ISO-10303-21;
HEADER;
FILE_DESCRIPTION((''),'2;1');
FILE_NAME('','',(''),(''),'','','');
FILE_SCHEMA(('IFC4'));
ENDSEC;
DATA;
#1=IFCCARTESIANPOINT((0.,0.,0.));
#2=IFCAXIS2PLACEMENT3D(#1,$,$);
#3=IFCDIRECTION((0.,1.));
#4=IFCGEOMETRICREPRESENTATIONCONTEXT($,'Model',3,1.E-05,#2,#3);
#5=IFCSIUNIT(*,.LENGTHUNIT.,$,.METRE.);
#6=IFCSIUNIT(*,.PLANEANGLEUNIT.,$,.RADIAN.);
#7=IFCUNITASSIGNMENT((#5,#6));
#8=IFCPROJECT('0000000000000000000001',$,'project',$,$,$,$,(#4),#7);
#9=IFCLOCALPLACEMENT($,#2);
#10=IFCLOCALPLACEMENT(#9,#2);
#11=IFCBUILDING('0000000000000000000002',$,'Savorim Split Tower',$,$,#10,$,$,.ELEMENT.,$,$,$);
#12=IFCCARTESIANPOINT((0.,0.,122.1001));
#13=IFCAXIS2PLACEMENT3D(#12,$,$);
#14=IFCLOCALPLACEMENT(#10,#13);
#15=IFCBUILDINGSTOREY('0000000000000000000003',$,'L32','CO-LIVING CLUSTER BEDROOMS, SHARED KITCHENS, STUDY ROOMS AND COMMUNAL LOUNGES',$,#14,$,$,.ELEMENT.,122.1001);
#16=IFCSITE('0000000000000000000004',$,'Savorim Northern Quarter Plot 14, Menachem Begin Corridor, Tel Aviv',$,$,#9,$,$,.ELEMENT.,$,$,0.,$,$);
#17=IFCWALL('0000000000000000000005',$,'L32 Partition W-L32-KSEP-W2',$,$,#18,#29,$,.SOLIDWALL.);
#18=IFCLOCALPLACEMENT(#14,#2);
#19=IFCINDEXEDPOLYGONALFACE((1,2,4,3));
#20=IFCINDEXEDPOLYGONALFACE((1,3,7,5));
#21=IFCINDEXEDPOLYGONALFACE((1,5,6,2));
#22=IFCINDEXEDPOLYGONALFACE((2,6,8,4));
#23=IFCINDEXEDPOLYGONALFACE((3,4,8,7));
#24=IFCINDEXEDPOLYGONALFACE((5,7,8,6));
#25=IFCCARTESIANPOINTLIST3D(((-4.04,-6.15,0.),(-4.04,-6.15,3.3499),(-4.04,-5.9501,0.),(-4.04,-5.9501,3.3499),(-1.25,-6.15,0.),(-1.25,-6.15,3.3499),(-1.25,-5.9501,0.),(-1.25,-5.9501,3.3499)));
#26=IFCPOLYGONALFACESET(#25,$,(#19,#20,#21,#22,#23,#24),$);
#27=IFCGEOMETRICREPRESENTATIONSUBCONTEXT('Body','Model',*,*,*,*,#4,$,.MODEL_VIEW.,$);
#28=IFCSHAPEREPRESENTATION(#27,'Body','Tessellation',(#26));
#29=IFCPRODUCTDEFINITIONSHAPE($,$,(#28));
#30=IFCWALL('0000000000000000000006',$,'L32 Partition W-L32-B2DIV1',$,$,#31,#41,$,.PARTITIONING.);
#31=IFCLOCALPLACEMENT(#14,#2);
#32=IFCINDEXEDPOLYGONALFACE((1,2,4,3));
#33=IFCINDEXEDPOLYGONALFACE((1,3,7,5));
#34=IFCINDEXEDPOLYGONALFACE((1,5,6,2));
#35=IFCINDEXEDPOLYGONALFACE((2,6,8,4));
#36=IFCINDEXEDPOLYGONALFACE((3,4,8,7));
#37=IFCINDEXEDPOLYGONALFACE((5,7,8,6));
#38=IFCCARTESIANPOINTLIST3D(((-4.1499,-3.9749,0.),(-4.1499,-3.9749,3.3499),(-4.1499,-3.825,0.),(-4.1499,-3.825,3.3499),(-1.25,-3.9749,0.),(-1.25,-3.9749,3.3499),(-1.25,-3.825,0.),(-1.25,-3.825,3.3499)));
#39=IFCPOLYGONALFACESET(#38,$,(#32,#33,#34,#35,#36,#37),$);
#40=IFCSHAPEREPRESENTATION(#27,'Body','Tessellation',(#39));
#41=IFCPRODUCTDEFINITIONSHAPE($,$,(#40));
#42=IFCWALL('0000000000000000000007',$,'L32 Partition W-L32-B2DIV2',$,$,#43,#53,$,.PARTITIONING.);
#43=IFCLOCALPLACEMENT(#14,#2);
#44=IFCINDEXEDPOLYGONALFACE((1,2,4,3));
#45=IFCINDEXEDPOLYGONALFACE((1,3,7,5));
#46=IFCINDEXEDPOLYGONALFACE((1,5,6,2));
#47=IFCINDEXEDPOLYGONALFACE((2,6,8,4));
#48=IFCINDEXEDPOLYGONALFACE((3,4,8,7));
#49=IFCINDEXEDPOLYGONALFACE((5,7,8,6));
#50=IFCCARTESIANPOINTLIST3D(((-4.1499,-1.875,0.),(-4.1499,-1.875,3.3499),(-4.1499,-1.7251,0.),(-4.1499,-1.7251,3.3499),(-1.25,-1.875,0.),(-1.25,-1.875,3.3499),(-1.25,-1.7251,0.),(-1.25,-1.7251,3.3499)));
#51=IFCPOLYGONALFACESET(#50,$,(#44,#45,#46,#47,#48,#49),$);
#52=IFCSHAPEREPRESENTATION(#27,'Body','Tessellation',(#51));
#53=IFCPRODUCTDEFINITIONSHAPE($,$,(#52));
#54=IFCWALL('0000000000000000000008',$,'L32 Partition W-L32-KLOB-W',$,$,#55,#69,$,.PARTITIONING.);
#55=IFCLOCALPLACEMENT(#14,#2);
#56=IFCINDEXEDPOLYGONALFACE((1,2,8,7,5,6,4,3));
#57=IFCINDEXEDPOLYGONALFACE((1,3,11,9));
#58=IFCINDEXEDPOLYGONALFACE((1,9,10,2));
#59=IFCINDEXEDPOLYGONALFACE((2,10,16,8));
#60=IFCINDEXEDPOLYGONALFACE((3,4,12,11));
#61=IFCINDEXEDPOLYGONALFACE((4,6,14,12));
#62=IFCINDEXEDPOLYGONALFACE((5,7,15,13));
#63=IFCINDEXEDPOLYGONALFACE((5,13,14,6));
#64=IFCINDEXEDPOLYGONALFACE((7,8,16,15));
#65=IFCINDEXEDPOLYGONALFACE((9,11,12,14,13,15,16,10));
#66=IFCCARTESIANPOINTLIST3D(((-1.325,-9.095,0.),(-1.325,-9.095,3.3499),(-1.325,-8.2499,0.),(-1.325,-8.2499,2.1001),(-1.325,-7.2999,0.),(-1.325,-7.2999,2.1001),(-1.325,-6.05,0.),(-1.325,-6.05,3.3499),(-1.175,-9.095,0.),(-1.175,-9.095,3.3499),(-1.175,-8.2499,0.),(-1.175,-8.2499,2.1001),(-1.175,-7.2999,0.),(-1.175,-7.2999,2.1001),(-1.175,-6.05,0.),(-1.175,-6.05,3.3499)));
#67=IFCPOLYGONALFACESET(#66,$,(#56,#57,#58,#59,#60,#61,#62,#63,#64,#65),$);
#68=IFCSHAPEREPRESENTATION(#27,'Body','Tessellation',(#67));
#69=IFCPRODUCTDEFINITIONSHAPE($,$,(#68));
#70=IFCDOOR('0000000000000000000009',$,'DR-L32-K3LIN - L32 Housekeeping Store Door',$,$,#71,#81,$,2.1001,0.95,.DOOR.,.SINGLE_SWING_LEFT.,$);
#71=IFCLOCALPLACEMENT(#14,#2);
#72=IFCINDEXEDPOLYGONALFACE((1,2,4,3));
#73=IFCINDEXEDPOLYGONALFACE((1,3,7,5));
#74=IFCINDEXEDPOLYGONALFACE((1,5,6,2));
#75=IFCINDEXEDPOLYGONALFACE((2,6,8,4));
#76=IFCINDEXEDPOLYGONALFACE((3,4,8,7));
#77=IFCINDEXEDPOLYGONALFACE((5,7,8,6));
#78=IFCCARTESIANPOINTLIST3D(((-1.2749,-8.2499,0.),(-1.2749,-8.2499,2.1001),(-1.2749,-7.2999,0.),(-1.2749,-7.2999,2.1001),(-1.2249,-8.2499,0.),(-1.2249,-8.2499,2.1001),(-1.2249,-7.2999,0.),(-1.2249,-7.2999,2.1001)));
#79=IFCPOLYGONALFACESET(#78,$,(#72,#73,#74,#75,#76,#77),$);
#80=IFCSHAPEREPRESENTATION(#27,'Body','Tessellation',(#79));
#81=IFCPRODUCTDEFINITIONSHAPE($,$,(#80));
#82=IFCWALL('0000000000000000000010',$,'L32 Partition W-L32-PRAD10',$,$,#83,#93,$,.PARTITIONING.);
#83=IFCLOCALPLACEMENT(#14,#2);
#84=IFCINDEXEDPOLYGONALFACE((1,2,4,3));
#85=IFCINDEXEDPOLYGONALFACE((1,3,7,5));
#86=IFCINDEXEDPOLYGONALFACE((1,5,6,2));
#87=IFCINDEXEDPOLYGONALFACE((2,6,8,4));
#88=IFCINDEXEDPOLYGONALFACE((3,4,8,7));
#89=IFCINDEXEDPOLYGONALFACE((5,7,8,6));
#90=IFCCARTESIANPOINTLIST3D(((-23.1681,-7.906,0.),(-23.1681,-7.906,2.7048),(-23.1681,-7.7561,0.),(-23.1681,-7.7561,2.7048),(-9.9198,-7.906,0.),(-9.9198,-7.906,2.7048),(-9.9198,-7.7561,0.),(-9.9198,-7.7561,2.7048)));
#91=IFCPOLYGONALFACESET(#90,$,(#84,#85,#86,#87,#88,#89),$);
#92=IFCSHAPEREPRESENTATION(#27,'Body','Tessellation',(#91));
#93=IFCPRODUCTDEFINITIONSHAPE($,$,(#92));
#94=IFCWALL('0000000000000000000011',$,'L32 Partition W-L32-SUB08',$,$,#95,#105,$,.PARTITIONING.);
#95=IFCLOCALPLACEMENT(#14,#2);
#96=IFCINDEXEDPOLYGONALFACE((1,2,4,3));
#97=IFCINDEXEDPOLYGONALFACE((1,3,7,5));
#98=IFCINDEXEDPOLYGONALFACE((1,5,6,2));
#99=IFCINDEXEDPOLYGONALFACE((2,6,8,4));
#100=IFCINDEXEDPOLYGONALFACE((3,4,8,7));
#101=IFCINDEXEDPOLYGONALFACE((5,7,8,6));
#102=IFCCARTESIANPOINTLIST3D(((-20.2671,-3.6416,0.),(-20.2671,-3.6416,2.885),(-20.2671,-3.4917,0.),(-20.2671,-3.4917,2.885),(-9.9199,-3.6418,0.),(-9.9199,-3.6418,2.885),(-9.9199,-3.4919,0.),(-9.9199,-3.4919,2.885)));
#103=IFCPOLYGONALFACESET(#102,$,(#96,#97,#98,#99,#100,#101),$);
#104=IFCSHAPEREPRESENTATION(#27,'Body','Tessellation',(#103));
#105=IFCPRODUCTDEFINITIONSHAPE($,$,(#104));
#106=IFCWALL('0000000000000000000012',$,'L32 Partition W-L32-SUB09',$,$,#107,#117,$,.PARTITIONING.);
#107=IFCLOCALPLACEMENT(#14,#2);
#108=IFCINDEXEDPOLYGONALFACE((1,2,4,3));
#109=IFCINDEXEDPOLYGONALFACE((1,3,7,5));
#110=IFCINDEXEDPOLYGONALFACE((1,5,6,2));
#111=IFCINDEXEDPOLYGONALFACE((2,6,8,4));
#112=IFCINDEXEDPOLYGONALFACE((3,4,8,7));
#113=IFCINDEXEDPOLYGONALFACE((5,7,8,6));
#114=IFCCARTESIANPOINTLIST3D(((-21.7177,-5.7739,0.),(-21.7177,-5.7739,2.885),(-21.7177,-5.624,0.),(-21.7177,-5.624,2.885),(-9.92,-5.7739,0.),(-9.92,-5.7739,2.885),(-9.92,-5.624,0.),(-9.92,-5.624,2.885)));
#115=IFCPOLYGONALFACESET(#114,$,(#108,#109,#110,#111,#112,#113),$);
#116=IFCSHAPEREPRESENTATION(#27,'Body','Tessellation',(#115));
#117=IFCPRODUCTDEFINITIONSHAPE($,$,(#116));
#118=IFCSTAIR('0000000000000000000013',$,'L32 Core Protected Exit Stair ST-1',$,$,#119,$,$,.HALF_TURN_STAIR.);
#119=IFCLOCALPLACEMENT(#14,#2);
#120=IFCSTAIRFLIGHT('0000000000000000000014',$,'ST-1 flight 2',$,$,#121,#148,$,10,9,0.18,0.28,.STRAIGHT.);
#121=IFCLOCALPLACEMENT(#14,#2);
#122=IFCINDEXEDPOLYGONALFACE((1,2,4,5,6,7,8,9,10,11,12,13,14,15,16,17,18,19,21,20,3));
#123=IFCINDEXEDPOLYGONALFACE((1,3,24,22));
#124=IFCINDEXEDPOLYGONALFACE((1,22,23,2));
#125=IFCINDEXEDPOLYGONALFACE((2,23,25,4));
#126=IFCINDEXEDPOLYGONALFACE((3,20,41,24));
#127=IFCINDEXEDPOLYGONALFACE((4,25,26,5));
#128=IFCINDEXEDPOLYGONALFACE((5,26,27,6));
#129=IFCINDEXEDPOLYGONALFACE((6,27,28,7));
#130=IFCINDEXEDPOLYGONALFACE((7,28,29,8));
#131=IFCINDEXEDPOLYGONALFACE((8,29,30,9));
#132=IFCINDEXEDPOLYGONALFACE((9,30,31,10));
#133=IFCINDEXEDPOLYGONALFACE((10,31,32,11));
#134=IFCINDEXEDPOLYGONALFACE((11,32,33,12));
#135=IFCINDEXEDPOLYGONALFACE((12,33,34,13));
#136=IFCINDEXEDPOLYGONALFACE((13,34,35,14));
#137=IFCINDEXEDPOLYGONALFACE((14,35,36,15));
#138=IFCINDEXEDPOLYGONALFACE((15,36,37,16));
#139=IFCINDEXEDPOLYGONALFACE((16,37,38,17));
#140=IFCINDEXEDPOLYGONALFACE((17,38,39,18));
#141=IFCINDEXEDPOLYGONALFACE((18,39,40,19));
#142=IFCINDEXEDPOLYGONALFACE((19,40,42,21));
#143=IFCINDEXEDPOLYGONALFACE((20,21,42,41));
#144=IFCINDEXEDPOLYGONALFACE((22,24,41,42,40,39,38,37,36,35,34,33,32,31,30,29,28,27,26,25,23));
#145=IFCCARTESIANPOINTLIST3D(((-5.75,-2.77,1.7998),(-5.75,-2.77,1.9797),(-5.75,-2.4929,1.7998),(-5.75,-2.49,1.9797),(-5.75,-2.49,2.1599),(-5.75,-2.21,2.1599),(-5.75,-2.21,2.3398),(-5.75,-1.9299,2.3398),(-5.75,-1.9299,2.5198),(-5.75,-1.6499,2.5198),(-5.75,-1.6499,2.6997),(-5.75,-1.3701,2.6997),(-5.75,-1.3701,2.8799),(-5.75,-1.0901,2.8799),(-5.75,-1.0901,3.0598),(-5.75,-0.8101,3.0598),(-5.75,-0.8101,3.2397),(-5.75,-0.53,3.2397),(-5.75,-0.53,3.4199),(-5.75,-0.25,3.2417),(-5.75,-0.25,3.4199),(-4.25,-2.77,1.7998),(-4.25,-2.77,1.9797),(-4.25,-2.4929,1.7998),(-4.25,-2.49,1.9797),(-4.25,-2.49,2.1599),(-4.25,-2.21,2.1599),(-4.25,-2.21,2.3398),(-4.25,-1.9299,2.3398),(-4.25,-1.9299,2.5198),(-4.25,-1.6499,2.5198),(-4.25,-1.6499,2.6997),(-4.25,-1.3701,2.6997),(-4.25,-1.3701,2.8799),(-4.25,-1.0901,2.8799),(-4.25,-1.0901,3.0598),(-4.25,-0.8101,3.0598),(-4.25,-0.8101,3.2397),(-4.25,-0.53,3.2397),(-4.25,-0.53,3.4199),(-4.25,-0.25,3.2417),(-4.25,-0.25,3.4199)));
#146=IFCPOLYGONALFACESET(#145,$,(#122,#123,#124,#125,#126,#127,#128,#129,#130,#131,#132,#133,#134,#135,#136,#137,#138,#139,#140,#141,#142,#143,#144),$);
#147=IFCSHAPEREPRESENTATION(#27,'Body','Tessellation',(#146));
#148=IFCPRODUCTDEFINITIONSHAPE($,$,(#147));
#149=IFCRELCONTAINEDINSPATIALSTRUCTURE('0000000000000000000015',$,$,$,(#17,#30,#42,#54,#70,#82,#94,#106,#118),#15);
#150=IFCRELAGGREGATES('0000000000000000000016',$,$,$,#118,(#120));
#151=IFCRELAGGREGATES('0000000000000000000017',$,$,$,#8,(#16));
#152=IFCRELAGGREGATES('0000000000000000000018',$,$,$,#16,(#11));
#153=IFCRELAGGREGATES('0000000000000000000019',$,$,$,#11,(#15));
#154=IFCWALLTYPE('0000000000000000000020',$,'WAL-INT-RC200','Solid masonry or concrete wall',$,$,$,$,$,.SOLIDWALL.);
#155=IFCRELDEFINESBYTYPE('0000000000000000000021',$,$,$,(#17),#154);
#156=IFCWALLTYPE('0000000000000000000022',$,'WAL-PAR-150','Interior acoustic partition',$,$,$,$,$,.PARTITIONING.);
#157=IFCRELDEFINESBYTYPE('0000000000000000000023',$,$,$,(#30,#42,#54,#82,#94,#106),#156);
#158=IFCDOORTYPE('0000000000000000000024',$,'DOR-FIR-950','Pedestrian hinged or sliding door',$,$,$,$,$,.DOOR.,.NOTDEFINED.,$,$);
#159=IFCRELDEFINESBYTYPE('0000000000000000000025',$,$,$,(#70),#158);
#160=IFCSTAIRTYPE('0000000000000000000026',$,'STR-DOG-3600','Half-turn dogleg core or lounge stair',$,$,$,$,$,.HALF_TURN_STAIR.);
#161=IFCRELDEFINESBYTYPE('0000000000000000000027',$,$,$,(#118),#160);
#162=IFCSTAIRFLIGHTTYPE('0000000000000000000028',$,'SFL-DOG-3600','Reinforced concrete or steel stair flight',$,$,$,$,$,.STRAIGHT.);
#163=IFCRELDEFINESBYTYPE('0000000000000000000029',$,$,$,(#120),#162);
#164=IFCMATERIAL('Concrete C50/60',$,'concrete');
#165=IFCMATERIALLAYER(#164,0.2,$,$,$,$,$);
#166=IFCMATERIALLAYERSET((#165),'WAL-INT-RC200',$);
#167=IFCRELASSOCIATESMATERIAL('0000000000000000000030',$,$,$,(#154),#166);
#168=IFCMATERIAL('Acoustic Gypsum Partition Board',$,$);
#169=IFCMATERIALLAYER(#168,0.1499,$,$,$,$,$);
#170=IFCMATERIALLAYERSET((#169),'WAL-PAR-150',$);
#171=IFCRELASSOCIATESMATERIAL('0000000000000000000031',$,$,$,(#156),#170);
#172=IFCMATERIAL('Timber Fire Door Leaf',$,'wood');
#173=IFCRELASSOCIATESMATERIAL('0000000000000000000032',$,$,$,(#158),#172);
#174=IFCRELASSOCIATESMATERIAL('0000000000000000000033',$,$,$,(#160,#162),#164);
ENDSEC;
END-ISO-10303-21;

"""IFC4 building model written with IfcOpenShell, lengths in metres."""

from ifc_helpers import new_model, si_unit, direction, frame, frame_2d, origin, place, context, subcontext, project, spatial, polyline, rectangle, outline, extrude, material, layer, layer_set, type_object, element, fill, aggregate, save


model = new_model("IFC4")

# Units and contexts
model_context = context("Model", 3, precision=1e-05, world=origin(), true_north=direction((0.0, 1.0)))
body_context = subcontext(model_context, "Body", "Model", "MODEL_VIEW")
ifc_project = project(units=[si_unit("LENGTHUNIT", "METRE"), si_unit("PLANEANGLEUNIT", "RADIAN")], contexts=[model_context])

# Site, building, storey
site_placement = place(None, origin())
site = spatial("IfcSite", under=ifc_project, at=site_placement, Name="Savorim Northern Quarter Plot 14, Menachem Begin Corridor, Tel Aviv", CompositionType="ELEMENT", RefElevation=0.0)
building_placement = place(site_placement, origin())
building = spatial("IfcBuilding", under=site, at=building_placement, Name="Savorim Split Tower", CompositionType="ELEMENT")
storey_placement = place(building_placement, frame((0.0, 0.0, 122.1001)))
storey = spatial("IfcBuildingStorey", under=building, at=storey_placement, Name="L32", Description="CO-LIVING CLUSTER BEDROOMS, SHARED KITCHENS, STUDY ROOMS AND COMMUNAL LOUNGES", CompositionType="ELEMENT", Elevation=122.1001)

# Shared definitions
ifc_material_1 = material(Name="Timber Fire Door Leaf", Category="wood")

# Shared definitions
ifc_material_2 = material(Name="Concrete C50/60", Category="concrete")
ifc_layer_1 = layer(ifc_material_2, 0.2)
ifc_layer_set_1 = layer_set([ifc_layer_1], Name="WAL-INT-RC200")
wall_type_1 = type_object("IfcWallType", Name="WAL-INT-RC200", Description="Solid masonry or concrete wall", PredefinedType="SOLIDWALL", material=ifc_layer_set_1)

# Walls
wall_1_placement = place(storey_placement, frame((-4.04, -6.05, 0.0), z_axis=(0.0, 0.0, 1.0), x_axis=(1.0, 0.0, 0.0)))
element("IfcWall", 1, at=wall_1_placement, inside=storey, type_object=wall_type_1, Name="L32 Partition W-L32-KSEP-W2", PredefinedType="SOLIDWALL", context=body_context, shape_type="SweptSolid", body=[
    extrude(rectangle(XDim=2.79, YDim=0.2, at=frame_2d((1.395, 0.0))), origin(), (0.0, 0.0, 1.0), 3.3499),
])
ifc_material_3 = material(Name="Acoustic Gypsum Partition Board")
ifc_layer_2 = layer(ifc_material_3, 0.1499)
ifc_layer_set_2 = layer_set([ifc_layer_2], Name="WAL-PAR-150")
wall_type_2 = type_object("IfcWallType", Name="WAL-PAR-150", Description="Interior acoustic partition", PredefinedType="PARTITIONING", material=ifc_layer_set_2)
for number, where, z_axis, x_axis, name in (
    (2, (-4.1499, -3.8999, 0.0), (0.0, 0.0, 1.0), (1.0, 0.0, 0.0), "L32 Partition W-L32-B2DIV1"),
    (3, (-4.1499, -1.8, 0.0), (0.0, 0.0, 1.0), (1.0, 0.0, 0.0), "L32 Partition W-L32-B2DIV2"),
):
    element("IfcWall", number, at=place(storey_placement, frame(where, z_axis=z_axis, x_axis=x_axis)), inside=storey, type_object=wall_type_2, Name=name, PredefinedType="PARTITIONING", context=body_context, shape_type="SweptSolid", body=[
        extrude(rectangle(XDim=2.8999, YDim=0.1499, at=frame_2d((1.45, 0.0))), origin(), (0.0, 0.0, 1.0), 3.3499),
    ])

# Wall, opening, door
wall_2_placement = place(storey_placement, frame((-1.25, -9.095, 0.0), z_axis=(0.0, 0.0, 1.0), x_axis=(0.0, 1.0, 0.0)))
wall_2 = element("IfcWall", 4, at=wall_2_placement, inside=storey, type_object=wall_type_2, Name="L32 Partition W-L32-KLOB-W", PredefinedType="PARTITIONING", context=body_context, shape_type="SweptSolid", body=[
    extrude(rectangle(XDim=3.0449, YDim=0.1499, at=frame_2d((1.5225, 0.0))), origin(), (0.0, 0.0, 1.0), 3.3499),
])
opening_1_placement = place(wall_2_placement, frame((0.845, 0.0, 0.0)))
opening_1 = element("IfcOpeningElement", 5, at=opening_1_placement, cuts=wall_2, PredefinedType="OPENING", context=body_context, shape_type="SweptSolid", body=[
    extrude(rectangle(XDim=0.95, YDim=2.1001, at=frame_2d((0.4751, 1.05))), frame((0.0, 0.085, 0.0), z_axis=(0.0, -1.0, 0.0), x_axis=(1.0, 0.0, 0.0)), (0.0, 0.0, 1.0), 0.1699),
])
door_type_1 = type_object("IfcDoorType", Name="DOR-FIR-950", Description="Pedestrian hinged or sliding door", OperationType="NOTDEFINED", PredefinedType="DOOR", material=ifc_material_1)
door_1_placement = place(opening_1_placement, origin())
door_1 = element("IfcDoor", 6, at=door_1_placement, inside=storey, type_object=door_type_1, Name="DR-L32-K3LIN - L32 Housekeeping Store Door", OperationType="SINGLE_SWING_LEFT", OverallHeight=2.1001, OverallWidth=0.95, PredefinedType="DOOR", context=body_context, shape_type="SweptSolid", body=[
    extrude(rectangle(XDim=0.95, YDim=2.1001, at=frame_2d((0.4751, 1.05))), frame((0.0, 0.0249, 0.0), z_axis=(0.0, -1.0, 0.0), x_axis=(1.0, 0.0, 0.0)), (0.0, 0.0, 1.0), 0.05),
])
fill(opening_1, door_1)

# Walls
wall_3_placement = place(storey_placement, frame((-9.9199, -7.8311, 0.0), z_axis=(0.0, 0.0, 1.0), x_axis=(-1.0, 0.0, 0.0)))
element("IfcWall", 7, at=wall_3_placement, inside=storey, type_object=wall_type_2, Name="L32 Partition W-L32-PRAD10", PredefinedType="PARTITIONING", context=body_context, shape_type="SweptSolid", body=[
    extrude(rectangle(XDim=13.2483, YDim=0.1499, at=frame_2d((6.624, 0.0))), origin(), (0.0, 0.0, 1.0), 2.7048),
])
wall_4_placement = place(storey_placement, frame((-9.9199, -3.5669, 0.0), z_axis=(0.0, 0.0, 1.0), x_axis=(-1.0, 0.000024, 0.0)))
element("IfcWall", 8, at=wall_4_placement, inside=storey, type_object=wall_type_2, Name="L32 Partition W-L32-SUB08", PredefinedType="PARTITIONING", context=body_context, shape_type="SweptSolid", body=[
    extrude(rectangle(XDim=10.3472, YDim=0.1499, at=frame_2d((5.1736, 0.0))), origin(), (0.0, 0.0, 1.0), 2.885),
])
wall_5_placement = place(storey_placement, frame((-9.9199, -5.699, 0.0), z_axis=(0.0, 0.0, 1.0), x_axis=(-1.0, 0.0, 0.0)))
element("IfcWall", 9, at=wall_5_placement, inside=storey, type_object=wall_type_2, Name="L32 Partition W-L32-SUB09", PredefinedType="PARTITIONING", context=body_context, shape_type="SweptSolid", body=[
    extrude(rectangle(XDim=11.7976, YDim=0.1499, at=frame_2d((5.8989, 0.0))), origin(), (0.0, 0.0, 1.0), 2.885),
])

# Stair, stair flight
stair_type = type_object("IfcStairType", Name="STR-DOG-3600", Description="Half-turn dogleg core or lounge stair", PredefinedType="HALF_TURN_STAIR", material=ifc_material_2)
stair_placement = place(storey_placement, origin())
stair = element("IfcStair", 10, at=stair_placement, inside=storey, type_object=stair_type, Name="L32 Core Protected Exit Stair ST-1", PredefinedType="HALF_TURN_STAIR")
stair_flight_type = type_object("IfcStairFlightType", Name="SFL-DOG-3600", Description="Reinforced concrete or steel stair flight", PredefinedType="STRAIGHT", material=ifc_material_2)
stair_flight_placement = place(storey_placement, frame((-5.0, -2.77, 1.7998), z_axis=(0.0, 0.0, 1.0), x_axis=(0.0, 1.0, 0.0)))
stair_flight = element("IfcStairFlight", 11, at=stair_flight_placement, type_object=stair_flight_type, Name="ST-1 flight 2", NumberOfRisers=10, NumberOfTreads=9, PredefinedType="STRAIGHT", RiserHeight=0.18, TreadLength=0.28, context=body_context, shape_type="SweptSolid", body=[
    extrude(outline(polyline([(0.0, 0.0), (0.0, 0.1799), (0.28, 0.1799), (0.28, 0.3601), (0.5601, 0.3601), (0.5601, 0.54), (0.8401, 0.54), (0.8401, 0.72), (1.1201, 0.72), (1.1201, 0.8999), (1.3999, 0.8999), (1.3999, 1.0801), (1.6799, 1.0801), (1.6799, 1.26), (1.96, 1.26), (1.96, 1.4399), (2.24, 1.4399), (2.24, 1.6201), (2.52, 1.6201), (2.52, 1.8), (2.52, 1.4419), (0.2771, 0.0), (0.0, 0.0)])), frame((0.0, 0.75, 0.0), z_axis=(0.0, -1.0, 0.0), x_axis=(1.0, 0.0, 0.0)), (0.0, 0.0, 1.0), 1.5),
])
aggregate(stair, [stair_flight])

save(model, "model.ifc")
